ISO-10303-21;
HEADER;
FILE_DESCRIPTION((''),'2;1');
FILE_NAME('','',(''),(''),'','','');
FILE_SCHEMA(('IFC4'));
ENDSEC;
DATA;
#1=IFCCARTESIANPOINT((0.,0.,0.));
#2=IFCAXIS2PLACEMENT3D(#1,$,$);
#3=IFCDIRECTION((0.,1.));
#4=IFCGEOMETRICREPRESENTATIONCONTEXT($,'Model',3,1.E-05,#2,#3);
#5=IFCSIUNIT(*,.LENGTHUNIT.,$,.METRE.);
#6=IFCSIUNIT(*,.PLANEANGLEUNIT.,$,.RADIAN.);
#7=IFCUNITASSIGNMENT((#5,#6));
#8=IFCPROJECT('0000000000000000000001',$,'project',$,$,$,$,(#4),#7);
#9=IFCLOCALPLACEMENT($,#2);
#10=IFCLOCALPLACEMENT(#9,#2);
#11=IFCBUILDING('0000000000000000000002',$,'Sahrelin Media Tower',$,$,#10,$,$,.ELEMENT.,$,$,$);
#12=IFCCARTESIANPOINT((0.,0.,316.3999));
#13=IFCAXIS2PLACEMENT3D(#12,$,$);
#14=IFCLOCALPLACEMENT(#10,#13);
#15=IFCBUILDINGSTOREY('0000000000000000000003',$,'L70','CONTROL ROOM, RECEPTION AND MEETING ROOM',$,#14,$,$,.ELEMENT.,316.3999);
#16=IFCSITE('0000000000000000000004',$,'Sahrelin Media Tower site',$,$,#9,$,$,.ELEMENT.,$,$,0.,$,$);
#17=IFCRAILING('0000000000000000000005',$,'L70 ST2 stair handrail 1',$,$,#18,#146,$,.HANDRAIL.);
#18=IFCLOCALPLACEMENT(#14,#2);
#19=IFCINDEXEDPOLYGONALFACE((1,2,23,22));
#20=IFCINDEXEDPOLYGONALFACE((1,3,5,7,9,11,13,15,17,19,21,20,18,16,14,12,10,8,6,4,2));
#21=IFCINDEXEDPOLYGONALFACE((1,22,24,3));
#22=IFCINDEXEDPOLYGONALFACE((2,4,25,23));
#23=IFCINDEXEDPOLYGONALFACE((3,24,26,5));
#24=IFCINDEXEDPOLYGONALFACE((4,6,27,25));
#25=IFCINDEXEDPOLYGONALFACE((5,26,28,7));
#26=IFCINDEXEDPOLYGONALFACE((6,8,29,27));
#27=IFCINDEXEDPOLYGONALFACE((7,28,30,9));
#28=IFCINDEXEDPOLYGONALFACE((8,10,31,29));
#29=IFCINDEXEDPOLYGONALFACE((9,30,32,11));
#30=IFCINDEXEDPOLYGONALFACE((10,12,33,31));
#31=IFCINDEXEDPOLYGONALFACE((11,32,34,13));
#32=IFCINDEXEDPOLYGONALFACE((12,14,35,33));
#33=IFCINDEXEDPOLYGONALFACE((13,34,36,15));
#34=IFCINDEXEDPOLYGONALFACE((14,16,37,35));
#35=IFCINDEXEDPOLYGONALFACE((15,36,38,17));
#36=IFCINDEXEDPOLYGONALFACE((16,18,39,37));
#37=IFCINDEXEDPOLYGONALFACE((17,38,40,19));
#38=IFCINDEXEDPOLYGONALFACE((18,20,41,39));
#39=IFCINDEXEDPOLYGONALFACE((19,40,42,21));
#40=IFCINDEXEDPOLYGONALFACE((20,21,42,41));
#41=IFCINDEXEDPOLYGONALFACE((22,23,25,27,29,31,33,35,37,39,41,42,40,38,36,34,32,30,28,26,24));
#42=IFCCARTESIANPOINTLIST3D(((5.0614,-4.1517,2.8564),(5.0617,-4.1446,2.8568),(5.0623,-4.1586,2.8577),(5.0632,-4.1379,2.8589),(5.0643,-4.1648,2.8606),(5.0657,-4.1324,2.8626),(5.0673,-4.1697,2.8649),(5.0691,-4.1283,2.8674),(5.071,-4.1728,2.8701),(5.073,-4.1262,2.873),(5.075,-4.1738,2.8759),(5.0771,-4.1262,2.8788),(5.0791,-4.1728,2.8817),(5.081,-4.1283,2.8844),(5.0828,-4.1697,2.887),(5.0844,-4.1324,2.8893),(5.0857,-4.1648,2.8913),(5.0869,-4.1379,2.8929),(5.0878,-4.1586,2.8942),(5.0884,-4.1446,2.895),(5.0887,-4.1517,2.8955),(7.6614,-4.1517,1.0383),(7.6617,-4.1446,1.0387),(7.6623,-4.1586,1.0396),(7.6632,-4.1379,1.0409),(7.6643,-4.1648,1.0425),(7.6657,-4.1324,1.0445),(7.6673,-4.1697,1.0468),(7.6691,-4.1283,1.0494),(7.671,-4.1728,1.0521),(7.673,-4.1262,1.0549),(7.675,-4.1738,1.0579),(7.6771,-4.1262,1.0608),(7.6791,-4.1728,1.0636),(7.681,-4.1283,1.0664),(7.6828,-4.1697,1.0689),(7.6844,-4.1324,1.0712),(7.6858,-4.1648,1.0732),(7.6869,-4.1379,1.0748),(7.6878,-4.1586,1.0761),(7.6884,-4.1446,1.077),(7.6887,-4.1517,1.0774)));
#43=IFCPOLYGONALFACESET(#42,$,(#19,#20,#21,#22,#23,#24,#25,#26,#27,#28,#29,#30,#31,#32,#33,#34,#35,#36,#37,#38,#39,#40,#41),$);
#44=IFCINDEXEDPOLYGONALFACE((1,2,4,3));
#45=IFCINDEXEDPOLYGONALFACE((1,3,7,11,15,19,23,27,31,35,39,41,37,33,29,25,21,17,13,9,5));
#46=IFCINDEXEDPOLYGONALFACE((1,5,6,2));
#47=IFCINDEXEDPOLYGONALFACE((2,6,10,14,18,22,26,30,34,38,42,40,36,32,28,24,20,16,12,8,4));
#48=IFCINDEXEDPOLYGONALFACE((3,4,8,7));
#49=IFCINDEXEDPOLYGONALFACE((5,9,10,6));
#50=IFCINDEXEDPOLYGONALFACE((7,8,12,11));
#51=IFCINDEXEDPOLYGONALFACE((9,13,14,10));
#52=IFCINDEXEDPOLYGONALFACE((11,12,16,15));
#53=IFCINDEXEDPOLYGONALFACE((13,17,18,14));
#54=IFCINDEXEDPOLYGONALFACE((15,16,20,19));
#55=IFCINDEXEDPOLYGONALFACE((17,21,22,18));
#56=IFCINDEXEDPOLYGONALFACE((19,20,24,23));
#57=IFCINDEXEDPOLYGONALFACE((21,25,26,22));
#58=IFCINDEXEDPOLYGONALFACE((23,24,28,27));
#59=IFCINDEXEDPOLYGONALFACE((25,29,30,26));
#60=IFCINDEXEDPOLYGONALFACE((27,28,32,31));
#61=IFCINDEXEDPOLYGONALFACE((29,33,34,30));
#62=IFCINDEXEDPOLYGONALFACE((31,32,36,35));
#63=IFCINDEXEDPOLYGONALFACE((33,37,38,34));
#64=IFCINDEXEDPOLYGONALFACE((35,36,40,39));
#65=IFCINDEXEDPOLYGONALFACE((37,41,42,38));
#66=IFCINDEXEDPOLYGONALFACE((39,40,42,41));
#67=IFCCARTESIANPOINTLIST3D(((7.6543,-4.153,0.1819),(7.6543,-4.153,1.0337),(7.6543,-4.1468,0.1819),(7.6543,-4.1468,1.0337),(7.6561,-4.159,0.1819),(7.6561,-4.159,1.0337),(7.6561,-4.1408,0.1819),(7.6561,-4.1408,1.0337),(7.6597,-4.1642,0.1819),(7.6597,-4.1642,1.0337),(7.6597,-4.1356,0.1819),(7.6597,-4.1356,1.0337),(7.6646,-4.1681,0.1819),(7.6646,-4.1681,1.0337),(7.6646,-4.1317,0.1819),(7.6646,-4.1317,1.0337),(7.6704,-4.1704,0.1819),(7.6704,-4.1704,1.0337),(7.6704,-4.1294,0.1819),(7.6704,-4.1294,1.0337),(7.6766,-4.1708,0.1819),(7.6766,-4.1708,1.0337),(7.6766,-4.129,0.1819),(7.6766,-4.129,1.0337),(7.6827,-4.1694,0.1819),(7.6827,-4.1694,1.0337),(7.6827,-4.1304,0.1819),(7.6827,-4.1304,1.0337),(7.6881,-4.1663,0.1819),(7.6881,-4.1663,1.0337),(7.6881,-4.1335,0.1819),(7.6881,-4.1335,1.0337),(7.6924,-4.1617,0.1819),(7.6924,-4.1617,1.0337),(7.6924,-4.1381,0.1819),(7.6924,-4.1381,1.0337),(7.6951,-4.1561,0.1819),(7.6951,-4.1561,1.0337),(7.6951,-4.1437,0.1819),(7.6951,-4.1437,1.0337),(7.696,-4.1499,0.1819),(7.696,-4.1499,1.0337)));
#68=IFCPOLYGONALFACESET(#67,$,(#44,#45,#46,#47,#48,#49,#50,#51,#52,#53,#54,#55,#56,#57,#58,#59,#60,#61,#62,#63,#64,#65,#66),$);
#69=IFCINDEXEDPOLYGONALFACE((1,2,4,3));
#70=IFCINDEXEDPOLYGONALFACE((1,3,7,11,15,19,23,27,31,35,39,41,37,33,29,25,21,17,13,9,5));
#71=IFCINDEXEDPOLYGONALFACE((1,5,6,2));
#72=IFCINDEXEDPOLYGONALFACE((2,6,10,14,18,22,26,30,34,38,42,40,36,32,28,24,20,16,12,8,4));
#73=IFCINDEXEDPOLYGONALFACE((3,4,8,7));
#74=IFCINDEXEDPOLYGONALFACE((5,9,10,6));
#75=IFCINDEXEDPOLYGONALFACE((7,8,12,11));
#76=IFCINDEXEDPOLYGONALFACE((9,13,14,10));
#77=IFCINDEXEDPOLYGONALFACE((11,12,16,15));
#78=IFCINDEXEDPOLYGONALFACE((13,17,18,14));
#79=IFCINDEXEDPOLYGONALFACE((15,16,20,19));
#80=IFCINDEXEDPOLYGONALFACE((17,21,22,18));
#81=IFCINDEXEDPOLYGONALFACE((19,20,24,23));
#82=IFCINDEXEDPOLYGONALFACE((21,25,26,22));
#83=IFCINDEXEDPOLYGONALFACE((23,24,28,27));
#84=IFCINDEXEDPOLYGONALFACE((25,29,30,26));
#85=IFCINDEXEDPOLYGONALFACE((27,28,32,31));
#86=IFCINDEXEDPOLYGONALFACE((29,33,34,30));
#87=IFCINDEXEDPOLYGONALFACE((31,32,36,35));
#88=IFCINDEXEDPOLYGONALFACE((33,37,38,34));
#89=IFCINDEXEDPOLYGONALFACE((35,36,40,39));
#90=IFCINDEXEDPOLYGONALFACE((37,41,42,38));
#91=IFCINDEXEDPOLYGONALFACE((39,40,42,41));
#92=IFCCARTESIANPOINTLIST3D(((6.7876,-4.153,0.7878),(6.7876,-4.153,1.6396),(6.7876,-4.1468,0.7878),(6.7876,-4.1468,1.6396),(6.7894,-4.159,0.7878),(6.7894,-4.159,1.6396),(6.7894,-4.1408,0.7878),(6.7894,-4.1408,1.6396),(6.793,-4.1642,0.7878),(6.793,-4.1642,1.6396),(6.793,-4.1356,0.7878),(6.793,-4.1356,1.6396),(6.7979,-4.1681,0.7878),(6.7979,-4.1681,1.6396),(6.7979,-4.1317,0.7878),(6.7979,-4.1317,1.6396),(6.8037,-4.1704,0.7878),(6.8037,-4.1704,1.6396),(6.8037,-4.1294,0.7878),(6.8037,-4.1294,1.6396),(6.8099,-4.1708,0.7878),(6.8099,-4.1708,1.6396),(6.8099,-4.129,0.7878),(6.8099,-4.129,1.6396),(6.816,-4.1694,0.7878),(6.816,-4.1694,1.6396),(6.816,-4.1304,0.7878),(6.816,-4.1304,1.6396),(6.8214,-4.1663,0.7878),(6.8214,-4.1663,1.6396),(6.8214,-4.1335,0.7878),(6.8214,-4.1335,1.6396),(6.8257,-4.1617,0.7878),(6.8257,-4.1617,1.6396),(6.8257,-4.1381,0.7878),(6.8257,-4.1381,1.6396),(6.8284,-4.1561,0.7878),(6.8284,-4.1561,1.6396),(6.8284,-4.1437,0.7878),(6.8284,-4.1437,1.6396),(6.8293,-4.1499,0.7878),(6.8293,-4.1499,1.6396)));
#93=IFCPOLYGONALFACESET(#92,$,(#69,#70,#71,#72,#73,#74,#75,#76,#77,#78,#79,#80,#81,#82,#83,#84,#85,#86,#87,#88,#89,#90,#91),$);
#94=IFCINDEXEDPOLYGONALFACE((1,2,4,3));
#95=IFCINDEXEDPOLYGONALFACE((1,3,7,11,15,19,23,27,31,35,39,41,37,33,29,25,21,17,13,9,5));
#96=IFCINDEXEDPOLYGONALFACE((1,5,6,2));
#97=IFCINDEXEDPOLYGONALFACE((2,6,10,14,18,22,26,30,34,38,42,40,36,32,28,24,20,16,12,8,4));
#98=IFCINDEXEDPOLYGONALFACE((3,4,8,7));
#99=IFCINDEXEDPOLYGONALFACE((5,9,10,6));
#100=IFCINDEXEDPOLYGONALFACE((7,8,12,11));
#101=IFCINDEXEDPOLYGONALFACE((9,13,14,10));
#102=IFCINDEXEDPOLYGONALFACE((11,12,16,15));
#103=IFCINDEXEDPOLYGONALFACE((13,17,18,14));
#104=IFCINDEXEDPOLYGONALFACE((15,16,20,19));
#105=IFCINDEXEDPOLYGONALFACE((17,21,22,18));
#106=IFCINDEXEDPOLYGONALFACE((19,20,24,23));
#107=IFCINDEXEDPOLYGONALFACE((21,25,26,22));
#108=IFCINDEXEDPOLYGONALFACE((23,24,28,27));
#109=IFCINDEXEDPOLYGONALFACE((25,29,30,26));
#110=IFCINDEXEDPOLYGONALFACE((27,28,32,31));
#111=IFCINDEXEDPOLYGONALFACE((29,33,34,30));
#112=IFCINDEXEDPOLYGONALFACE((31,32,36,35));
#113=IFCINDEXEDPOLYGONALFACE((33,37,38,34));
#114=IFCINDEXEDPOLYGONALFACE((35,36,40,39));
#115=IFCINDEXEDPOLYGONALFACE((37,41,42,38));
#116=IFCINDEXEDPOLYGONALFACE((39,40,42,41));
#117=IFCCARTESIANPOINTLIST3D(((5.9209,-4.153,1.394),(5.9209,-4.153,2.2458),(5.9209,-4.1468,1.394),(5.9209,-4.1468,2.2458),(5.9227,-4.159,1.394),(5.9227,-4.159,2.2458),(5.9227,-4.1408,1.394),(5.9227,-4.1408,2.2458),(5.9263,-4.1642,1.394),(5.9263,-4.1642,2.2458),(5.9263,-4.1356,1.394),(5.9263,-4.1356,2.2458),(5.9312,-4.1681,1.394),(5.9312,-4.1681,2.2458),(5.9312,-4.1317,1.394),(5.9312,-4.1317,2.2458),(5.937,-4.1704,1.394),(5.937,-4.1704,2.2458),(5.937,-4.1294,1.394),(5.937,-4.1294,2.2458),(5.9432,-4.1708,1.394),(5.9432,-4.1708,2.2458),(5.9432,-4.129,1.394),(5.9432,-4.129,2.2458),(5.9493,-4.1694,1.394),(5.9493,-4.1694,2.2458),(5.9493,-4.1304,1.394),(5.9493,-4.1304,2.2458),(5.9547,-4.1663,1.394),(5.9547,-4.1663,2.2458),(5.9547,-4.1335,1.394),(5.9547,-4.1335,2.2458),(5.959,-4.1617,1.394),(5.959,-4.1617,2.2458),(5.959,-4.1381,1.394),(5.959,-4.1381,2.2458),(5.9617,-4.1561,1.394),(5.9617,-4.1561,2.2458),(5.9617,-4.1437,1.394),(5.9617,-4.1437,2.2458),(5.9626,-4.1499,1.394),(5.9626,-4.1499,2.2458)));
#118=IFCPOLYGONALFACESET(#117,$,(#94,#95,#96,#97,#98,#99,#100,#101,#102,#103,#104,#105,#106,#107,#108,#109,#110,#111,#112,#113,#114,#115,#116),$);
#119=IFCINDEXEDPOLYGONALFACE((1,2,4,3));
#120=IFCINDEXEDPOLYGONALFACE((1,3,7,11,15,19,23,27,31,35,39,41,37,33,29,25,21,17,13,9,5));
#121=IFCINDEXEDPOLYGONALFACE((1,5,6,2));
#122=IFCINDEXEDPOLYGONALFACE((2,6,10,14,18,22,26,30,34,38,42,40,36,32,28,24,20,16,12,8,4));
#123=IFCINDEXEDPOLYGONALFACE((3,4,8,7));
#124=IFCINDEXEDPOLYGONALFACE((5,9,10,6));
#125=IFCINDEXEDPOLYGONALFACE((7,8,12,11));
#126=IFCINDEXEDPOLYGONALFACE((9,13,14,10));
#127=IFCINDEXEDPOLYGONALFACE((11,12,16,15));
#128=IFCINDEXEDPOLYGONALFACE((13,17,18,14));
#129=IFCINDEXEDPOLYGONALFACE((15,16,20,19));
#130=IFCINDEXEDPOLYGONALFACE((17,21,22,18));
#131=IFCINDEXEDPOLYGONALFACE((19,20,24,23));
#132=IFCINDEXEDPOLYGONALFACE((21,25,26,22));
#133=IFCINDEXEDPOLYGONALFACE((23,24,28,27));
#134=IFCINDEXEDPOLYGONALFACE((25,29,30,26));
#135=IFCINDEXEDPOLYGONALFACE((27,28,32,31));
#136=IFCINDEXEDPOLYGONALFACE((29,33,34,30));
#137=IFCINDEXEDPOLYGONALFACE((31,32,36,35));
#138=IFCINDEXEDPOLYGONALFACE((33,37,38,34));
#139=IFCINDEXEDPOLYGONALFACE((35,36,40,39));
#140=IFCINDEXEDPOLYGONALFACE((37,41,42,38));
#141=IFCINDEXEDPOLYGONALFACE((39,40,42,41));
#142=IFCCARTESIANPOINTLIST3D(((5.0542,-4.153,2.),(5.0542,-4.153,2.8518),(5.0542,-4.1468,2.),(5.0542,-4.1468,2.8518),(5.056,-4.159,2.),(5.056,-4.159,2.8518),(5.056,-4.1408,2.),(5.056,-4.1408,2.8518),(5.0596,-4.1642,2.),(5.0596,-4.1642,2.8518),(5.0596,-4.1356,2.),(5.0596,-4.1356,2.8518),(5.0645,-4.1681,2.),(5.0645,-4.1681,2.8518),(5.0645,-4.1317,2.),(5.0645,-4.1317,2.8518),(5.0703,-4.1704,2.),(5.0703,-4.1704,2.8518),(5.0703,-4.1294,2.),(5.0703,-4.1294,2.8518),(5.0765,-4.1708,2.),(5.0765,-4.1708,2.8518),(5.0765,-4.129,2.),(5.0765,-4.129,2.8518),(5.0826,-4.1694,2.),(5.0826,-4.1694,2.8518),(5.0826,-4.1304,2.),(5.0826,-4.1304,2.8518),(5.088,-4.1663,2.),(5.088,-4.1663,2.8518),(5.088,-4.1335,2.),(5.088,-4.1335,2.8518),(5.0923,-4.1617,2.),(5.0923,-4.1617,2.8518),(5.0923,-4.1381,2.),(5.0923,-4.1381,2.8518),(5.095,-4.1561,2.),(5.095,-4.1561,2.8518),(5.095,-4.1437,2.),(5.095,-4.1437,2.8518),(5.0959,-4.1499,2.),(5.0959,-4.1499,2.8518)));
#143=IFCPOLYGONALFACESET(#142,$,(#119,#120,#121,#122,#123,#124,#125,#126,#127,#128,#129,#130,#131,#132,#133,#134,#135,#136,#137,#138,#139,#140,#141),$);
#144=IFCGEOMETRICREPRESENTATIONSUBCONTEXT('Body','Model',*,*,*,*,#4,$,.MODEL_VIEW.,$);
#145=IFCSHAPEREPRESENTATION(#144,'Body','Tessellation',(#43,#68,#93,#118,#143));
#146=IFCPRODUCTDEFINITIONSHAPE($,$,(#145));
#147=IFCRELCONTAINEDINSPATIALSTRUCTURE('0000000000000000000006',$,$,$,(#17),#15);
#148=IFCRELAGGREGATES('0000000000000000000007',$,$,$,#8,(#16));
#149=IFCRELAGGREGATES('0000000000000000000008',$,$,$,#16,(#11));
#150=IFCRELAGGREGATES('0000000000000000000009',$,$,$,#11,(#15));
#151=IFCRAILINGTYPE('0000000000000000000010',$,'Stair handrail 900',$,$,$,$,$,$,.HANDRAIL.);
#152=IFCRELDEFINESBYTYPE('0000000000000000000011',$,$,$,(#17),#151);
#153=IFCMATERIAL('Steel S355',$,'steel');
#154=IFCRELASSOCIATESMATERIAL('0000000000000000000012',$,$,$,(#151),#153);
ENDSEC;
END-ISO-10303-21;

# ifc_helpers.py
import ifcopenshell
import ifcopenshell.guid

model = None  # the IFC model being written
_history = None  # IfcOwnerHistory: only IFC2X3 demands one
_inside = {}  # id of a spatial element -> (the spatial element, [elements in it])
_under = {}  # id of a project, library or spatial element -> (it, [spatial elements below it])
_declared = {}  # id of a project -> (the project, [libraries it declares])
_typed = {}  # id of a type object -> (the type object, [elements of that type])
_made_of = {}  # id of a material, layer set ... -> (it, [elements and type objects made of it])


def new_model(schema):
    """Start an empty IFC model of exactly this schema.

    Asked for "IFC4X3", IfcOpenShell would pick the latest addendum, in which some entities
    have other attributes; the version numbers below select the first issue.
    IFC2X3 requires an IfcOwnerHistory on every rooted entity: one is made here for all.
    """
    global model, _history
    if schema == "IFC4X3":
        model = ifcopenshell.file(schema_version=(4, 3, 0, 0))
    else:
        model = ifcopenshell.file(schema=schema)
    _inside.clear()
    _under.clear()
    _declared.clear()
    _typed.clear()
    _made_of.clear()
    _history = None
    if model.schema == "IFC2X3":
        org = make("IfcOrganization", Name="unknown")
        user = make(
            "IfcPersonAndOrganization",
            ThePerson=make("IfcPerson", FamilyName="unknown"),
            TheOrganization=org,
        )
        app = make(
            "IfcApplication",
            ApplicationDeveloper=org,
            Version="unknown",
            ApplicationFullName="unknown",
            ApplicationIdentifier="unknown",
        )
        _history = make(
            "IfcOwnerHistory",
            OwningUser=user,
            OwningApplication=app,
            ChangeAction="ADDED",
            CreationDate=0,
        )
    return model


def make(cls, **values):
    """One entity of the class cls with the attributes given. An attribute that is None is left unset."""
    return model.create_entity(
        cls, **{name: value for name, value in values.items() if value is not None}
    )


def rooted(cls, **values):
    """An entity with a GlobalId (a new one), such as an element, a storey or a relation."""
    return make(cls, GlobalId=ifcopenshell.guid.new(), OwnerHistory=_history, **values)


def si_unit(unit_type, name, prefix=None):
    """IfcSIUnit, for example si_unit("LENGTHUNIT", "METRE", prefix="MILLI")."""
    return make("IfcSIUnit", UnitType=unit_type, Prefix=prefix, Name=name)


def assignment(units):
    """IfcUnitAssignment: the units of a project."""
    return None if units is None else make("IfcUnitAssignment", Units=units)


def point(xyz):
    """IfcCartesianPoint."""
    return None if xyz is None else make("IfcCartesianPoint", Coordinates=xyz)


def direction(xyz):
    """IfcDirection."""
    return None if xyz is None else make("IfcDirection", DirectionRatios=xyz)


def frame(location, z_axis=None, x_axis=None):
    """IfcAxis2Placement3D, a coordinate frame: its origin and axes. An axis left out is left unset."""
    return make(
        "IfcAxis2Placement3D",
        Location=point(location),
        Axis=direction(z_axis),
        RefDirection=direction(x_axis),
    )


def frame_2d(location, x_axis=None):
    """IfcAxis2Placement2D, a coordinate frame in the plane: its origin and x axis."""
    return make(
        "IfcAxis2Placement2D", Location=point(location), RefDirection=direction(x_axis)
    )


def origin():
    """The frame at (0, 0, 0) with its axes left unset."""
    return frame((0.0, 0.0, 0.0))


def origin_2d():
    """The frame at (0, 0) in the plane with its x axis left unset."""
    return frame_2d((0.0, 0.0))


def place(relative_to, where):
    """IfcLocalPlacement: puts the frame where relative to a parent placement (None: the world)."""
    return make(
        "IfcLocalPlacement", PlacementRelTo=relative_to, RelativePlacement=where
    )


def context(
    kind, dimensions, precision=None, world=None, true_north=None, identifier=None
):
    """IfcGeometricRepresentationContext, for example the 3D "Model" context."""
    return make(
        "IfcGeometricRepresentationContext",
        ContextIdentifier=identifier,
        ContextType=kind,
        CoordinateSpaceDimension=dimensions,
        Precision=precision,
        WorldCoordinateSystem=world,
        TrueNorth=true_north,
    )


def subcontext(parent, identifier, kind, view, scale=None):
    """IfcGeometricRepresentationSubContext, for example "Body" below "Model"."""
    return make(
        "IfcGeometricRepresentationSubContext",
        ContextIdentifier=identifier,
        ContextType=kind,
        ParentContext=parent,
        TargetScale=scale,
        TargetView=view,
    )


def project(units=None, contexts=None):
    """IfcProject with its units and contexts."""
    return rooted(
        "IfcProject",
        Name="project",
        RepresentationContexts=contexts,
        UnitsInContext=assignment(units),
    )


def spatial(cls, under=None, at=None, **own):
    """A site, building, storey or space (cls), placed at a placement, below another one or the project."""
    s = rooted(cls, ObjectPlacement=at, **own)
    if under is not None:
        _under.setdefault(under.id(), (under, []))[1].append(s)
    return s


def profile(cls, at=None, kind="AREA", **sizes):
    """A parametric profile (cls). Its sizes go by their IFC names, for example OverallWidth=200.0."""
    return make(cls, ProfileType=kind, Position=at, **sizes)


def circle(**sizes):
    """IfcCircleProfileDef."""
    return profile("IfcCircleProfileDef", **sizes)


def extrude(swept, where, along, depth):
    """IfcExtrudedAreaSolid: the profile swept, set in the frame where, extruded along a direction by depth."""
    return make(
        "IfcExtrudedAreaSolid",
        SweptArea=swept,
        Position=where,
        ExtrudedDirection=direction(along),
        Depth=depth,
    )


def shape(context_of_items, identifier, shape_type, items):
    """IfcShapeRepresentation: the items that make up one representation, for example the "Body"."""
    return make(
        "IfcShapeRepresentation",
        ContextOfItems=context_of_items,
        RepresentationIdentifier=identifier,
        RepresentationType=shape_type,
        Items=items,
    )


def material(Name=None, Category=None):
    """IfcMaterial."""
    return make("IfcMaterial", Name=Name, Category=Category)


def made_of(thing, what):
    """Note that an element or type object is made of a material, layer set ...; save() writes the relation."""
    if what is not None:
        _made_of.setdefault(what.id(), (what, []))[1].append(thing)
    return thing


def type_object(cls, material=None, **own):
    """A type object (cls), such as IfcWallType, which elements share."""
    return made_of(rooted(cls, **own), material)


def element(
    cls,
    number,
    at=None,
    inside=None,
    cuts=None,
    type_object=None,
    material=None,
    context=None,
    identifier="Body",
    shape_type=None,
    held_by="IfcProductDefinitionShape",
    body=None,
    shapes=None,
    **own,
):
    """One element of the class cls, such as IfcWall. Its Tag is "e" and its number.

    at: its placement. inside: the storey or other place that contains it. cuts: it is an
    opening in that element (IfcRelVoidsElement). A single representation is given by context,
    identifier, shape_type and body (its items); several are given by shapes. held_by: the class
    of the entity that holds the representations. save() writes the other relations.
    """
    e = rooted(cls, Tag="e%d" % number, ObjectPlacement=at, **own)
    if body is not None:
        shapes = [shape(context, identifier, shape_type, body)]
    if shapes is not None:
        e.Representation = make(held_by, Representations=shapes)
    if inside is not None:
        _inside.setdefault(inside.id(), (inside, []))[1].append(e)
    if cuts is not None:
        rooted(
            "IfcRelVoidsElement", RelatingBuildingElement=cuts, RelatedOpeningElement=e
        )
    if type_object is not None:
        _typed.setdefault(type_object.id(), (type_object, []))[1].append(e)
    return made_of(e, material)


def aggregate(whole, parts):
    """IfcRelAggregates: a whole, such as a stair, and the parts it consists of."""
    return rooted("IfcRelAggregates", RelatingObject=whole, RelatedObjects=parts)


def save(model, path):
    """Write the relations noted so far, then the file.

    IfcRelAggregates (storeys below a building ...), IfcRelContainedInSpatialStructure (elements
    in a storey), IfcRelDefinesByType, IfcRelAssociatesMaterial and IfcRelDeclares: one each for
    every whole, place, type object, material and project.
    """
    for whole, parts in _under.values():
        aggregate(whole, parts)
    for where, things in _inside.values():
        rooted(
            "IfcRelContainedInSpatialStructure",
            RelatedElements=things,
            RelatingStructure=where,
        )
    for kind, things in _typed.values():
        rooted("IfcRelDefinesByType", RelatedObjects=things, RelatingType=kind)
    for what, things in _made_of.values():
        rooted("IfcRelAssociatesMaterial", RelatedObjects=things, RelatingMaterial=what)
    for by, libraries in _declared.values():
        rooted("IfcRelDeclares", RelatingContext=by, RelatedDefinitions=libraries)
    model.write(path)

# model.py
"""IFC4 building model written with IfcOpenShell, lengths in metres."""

from ifc_helpers import new_model, si_unit, direction, frame, origin, origin_2d, place, context, subcontext, project, spatial, circle, extrude, material, type_object, element, save


model = new_model("IFC4")

# Units and contexts
model_context = context("Model", 3, precision=1e-05, world=origin(), true_north=direction((0.0, 1.0)))
body_context = subcontext(model_context, "Body", "Model", "MODEL_VIEW")
ifc_project = project(units=[si_unit("LENGTHUNIT", "METRE"), si_unit("PLANEANGLEUNIT", "RADIAN")], contexts=[model_context])

# Site, building, storey
site_placement = place(None, origin())
site = spatial("IfcSite", under=ifc_project, at=site_placement, Name="Sahrelin Media Tower site", CompositionType="ELEMENT", RefElevation=0.0)
building_placement = place(site_placement, origin())
building = spatial("IfcBuilding", under=site, at=building_placement, Name="Sahrelin Media Tower", CompositionType="ELEMENT")
storey_placement = place(building_placement, frame((0.0, 0.0, 316.3999)))
storey = spatial("IfcBuildingStorey", under=building, at=storey_placement, Name="L70", Description="CONTROL ROOM, RECEPTION AND MEETING ROOM", CompositionType="ELEMENT", Elevation=316.3999)

# Shared definitions
ifc_material_1 = material(Name="Steel S355", Category="steel")

# Railing
railing_type_1 = type_object("IfcRailingType", Name="Stair handrail 900", PredefinedType="HANDRAIL", material=ifc_material_1)
railing_1_placement = place(storey_placement, frame((7.675, -4.1499, 0.1819)))
element("IfcRailing", 1, at=railing_1_placement, inside=storey, type_object=railing_type_1, Name="L70 ST2 stair handrail 1", PredefinedType="HANDRAIL", context=body_context, shape_type="SweptSolid", body=[
    extrude(circle(Radius=0.0239, at=origin_2d()), frame((0.0, 0.0, 0.876), z_axis=(-0.819521, 0.0, 0.573049), x_axis=(0.0, -1.0, 0.0)), (0.0, 0.0, 1.0), 3.1726),
    extrude(circle(Radius=0.021, at=origin_2d()), origin(), (0.0, 0.0, 1.0), 0.8518),
    extrude(circle(Radius=0.021, at=origin_2d()), frame((-0.8667, 0.0, 0.606)), (0.0, 0.0, 1.0), 0.8518),
    extrude(circle(Radius=0.021, at=origin_2d()), frame((-1.7334, 0.0, 1.2122)), (0.0, 0.0, 1.0), 0.8518),
    extrude(circle(Radius=0.021, at=origin_2d()), frame((-2.6001, 0.0, 1.8181)), (0.0, 0.0, 1.0), 0.8518),
])

save(model, "model.ifc")
